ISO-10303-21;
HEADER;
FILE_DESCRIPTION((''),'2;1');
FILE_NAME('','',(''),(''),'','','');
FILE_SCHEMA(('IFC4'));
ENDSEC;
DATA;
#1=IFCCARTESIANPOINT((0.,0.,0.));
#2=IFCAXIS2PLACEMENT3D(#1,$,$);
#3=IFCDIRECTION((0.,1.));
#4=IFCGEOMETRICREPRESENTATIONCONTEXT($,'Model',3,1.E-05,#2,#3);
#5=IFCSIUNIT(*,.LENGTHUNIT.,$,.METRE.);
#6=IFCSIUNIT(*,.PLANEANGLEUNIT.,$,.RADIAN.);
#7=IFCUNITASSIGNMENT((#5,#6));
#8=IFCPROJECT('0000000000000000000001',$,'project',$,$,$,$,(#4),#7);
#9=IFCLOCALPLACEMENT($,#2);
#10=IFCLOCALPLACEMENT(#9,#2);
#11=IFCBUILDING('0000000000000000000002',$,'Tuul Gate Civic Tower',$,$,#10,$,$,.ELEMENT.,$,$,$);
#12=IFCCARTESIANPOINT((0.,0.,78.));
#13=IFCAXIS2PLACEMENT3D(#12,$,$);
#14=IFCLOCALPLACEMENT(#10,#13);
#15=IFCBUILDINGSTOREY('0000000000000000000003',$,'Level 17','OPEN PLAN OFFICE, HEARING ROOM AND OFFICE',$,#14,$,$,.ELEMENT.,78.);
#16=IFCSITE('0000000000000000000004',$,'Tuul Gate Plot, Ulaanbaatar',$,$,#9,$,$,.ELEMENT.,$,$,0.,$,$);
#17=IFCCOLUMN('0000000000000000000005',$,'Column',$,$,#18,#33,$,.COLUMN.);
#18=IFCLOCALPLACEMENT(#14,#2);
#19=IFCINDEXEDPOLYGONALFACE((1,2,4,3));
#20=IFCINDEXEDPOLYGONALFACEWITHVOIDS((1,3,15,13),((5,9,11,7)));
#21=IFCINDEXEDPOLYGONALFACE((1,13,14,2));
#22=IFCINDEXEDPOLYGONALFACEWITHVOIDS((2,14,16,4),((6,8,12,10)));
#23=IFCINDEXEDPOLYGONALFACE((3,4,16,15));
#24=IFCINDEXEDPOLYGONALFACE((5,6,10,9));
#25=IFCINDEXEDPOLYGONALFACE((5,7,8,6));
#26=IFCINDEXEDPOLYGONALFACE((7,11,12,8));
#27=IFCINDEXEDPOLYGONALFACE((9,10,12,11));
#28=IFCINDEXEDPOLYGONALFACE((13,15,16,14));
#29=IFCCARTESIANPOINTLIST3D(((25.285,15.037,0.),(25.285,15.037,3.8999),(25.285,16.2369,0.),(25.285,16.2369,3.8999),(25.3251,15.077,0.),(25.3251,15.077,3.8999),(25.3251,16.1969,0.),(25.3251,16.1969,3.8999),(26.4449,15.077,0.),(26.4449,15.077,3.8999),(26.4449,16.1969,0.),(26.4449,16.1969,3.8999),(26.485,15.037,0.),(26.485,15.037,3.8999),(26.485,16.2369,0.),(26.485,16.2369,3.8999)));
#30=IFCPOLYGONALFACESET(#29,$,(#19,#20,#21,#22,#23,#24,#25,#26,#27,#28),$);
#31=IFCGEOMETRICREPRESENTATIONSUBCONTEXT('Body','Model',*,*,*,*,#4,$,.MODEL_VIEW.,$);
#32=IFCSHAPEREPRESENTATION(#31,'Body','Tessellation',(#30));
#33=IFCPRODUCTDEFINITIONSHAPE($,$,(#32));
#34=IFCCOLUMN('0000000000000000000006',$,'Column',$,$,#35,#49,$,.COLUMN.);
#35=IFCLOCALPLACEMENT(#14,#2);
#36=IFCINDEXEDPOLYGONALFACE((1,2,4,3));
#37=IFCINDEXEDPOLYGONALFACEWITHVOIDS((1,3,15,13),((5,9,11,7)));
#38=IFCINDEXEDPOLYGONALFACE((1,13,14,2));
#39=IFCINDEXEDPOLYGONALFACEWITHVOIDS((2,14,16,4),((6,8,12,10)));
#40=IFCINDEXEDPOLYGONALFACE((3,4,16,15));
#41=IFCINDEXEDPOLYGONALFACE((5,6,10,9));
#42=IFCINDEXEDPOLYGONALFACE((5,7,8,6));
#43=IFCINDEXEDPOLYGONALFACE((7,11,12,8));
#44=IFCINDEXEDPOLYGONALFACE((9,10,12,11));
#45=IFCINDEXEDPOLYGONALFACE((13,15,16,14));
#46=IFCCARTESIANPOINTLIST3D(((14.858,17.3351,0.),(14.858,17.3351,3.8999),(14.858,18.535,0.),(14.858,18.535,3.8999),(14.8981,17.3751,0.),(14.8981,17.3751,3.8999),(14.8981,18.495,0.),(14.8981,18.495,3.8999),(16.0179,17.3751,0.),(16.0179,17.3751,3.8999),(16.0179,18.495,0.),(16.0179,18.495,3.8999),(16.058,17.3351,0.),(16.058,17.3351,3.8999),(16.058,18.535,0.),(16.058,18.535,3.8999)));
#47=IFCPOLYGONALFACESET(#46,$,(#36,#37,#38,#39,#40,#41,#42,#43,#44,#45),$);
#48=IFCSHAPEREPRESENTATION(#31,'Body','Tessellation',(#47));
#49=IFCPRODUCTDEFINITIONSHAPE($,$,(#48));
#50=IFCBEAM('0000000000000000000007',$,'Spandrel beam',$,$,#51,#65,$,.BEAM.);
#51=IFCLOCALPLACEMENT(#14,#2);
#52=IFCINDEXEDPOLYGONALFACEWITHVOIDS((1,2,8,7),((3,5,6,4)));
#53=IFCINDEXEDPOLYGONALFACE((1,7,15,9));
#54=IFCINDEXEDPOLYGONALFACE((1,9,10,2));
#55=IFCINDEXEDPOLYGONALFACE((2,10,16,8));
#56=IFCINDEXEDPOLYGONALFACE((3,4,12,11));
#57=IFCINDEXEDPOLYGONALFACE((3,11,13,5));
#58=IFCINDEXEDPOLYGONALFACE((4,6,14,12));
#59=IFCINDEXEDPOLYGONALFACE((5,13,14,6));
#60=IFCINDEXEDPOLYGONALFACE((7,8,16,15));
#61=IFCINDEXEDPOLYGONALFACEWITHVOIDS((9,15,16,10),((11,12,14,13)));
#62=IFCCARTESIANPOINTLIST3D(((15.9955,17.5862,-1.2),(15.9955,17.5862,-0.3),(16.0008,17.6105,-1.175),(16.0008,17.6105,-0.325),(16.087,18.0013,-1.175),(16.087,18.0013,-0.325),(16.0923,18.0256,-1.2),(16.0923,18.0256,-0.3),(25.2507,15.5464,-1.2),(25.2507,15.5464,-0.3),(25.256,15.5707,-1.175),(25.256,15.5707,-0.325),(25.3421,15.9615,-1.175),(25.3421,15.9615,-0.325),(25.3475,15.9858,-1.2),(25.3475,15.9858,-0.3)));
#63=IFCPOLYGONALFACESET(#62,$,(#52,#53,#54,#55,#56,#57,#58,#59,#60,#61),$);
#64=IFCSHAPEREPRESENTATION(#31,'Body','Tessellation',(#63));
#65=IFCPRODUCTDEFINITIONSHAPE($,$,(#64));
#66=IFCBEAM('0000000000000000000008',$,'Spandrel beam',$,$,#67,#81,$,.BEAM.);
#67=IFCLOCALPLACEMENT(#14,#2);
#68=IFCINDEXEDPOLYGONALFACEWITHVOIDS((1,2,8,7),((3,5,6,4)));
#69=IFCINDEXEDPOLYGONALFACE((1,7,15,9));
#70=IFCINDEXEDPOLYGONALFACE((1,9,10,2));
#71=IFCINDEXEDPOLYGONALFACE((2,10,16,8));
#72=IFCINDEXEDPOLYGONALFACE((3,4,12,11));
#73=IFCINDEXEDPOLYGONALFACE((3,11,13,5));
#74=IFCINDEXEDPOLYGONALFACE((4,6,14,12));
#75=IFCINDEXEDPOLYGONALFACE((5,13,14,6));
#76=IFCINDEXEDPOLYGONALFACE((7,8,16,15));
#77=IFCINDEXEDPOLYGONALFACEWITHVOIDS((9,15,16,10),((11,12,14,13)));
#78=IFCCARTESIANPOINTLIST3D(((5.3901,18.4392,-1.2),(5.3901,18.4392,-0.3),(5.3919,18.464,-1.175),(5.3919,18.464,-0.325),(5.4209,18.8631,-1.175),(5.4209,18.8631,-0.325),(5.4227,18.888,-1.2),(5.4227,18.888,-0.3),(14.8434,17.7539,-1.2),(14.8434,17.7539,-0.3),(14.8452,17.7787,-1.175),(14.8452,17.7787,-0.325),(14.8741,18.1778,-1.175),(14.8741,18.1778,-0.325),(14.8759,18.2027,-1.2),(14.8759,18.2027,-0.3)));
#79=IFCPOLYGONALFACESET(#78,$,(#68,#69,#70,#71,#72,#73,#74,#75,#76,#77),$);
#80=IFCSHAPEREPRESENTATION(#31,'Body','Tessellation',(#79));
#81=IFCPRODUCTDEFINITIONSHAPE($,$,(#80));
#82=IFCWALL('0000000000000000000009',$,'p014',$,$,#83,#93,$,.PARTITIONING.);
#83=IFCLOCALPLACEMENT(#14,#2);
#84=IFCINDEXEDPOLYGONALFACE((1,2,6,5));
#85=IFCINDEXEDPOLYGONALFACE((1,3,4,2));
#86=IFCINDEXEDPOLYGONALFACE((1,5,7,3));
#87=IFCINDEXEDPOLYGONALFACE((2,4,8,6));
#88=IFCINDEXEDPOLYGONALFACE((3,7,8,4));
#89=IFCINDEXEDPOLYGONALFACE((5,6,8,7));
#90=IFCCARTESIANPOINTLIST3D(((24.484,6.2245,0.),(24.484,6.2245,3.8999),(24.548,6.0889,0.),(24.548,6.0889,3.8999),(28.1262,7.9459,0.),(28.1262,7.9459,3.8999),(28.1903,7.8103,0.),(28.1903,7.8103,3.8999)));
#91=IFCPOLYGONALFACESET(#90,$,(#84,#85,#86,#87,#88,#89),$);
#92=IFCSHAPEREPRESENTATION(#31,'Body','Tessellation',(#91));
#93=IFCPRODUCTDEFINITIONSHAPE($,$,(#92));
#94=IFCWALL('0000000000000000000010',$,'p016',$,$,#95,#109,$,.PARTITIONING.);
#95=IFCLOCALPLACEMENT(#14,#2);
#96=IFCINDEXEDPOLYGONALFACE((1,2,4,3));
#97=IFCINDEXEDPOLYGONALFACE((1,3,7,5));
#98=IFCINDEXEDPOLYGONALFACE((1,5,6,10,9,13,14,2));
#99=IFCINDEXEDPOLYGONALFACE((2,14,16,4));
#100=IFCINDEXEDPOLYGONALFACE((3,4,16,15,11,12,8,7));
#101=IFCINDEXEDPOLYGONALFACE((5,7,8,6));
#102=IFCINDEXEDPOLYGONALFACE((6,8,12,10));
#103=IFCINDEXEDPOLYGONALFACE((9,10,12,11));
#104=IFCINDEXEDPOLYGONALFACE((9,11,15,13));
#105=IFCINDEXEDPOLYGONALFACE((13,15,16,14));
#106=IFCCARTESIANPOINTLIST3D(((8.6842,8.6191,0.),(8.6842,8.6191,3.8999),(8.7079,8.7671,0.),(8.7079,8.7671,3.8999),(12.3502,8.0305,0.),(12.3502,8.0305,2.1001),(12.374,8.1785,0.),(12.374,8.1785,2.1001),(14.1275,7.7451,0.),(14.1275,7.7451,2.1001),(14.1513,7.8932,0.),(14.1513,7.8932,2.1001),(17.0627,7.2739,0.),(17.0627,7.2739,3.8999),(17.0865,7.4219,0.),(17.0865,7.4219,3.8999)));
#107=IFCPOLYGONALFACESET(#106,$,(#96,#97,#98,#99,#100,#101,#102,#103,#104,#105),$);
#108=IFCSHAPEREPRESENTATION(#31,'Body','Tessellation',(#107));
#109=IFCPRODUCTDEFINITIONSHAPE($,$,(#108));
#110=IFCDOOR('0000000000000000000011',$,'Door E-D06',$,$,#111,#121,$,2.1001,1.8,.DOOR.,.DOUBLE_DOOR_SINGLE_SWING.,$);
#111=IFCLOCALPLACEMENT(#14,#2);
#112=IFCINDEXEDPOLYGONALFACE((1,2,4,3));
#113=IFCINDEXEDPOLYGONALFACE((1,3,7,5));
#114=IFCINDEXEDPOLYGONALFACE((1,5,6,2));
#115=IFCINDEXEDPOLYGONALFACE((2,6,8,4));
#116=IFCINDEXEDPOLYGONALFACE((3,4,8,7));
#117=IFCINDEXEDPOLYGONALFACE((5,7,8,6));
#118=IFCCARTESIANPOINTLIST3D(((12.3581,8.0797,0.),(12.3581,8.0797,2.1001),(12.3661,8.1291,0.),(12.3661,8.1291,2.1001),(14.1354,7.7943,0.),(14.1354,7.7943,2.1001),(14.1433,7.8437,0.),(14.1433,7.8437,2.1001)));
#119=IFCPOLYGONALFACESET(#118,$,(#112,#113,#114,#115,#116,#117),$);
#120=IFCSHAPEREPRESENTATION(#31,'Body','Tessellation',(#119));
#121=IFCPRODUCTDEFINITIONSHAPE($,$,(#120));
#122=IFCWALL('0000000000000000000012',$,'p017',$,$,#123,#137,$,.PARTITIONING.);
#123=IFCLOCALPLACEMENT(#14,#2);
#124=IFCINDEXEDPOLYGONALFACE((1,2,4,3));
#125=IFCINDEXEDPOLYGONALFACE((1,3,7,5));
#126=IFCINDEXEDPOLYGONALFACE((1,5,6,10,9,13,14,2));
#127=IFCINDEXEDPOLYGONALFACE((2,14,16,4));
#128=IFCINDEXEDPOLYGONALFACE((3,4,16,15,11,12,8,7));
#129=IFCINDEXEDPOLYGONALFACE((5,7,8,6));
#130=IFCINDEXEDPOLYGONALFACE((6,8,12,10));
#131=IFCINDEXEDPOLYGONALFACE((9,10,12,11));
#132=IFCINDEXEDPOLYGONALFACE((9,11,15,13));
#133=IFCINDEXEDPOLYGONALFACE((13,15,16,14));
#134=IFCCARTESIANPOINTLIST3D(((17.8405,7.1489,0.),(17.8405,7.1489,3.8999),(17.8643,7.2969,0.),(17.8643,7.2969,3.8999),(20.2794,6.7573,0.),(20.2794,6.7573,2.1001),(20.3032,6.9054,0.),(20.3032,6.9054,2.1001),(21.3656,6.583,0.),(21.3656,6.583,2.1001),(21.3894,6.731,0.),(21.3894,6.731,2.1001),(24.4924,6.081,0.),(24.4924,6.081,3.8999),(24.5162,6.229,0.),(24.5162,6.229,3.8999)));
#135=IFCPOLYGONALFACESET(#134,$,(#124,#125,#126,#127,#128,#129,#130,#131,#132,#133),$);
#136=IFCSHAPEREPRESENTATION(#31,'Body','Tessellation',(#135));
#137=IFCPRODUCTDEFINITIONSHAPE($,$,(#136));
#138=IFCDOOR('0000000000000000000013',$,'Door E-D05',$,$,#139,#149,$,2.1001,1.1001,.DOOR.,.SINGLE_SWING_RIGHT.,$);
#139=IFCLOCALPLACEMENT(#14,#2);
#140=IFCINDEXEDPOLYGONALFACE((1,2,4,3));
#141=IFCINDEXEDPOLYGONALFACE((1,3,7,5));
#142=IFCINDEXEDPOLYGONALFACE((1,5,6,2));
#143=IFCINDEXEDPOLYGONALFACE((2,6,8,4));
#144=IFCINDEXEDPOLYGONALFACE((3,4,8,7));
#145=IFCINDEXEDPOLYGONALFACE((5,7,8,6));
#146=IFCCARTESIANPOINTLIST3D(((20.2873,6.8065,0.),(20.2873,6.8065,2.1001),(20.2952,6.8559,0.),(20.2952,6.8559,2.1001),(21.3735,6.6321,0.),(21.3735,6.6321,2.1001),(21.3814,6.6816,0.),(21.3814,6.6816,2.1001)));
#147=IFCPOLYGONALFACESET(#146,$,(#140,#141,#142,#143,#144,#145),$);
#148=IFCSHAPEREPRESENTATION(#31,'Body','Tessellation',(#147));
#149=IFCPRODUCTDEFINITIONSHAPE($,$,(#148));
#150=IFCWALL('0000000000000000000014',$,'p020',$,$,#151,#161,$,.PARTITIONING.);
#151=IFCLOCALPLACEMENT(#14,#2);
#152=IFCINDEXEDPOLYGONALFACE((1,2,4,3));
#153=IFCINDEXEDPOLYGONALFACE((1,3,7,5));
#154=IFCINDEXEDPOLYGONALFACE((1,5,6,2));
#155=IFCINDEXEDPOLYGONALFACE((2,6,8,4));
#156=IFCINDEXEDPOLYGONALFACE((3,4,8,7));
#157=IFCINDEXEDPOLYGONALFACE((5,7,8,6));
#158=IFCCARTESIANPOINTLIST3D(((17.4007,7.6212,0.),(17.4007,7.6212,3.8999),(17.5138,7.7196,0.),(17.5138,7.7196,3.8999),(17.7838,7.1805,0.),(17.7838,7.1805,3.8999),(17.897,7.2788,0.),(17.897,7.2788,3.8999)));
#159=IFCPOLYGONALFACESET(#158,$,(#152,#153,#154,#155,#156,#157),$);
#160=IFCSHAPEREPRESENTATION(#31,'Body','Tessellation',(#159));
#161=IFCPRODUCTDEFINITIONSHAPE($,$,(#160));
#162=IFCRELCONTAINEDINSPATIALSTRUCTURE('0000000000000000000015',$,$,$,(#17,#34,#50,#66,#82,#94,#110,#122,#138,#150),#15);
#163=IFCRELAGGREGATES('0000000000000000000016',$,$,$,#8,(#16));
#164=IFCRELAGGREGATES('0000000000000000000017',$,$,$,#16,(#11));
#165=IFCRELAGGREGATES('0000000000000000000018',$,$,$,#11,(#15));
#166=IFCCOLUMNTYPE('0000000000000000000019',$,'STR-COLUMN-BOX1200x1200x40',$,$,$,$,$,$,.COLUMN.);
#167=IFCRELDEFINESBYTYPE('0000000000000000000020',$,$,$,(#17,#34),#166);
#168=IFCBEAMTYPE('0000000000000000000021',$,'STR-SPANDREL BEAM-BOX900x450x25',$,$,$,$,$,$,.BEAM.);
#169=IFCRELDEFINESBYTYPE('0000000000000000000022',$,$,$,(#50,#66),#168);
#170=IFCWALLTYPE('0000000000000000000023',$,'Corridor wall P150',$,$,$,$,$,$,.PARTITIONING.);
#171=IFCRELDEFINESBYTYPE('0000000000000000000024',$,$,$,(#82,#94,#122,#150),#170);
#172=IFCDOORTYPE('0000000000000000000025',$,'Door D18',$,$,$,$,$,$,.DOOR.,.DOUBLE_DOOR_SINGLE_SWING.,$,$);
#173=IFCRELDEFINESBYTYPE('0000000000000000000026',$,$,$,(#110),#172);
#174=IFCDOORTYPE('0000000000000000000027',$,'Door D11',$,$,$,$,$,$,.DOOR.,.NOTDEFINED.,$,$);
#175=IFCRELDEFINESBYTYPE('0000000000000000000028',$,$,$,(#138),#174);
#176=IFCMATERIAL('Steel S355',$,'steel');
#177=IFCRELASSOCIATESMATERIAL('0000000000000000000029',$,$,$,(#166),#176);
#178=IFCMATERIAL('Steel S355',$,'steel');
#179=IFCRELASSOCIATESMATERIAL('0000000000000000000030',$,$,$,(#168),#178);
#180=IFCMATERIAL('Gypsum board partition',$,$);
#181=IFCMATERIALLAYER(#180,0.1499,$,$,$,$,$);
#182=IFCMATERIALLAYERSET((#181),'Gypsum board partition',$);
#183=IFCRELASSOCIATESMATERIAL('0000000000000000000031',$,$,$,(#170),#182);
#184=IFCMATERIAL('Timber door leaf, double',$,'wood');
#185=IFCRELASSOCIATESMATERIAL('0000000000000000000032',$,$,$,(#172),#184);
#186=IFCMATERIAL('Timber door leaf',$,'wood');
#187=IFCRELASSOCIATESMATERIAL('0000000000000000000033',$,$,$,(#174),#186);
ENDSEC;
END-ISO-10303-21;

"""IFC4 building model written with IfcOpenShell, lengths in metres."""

from ifc_helpers import new_model, si_unit, direction, frame, frame_2d, origin, origin_2d, place, context, subcontext, project, spatial, rectangle, hollow_rectangle, extrude, material, layer, layer_set, material_profile, profile_set, type_object, element, fill, save


model = new_model("IFC4")

# Units and contexts
model_context = context("Model", 3, precision=1e-05, world=origin(), true_north=direction((0.0, 1.0)))
body_context = subcontext(model_context, "Body", "Model", "MODEL_VIEW")
ifc_project = project(units=[si_unit("LENGTHUNIT", "METRE"), si_unit("PLANEANGLEUNIT", "RADIAN")], contexts=[model_context])

# Site, building, storey
site_placement = place(None, origin())
site = spatial("IfcSite", under=ifc_project, at=site_placement, Name="Tuul Gate Plot, Ulaanbaatar", CompositionType="ELEMENT", RefElevation=0.0)
building_placement = place(site_placement, origin())
building = spatial("IfcBuilding", under=site, at=building_placement, Name="Tuul Gate Civic Tower", CompositionType="ELEMENT")
storey_placement = place(building_placement, frame((0.0, 0.0, 78.0)))
storey = spatial("IfcBuildingStorey", under=building, at=storey_placement, Name="Level 17", Description="OPEN PLAN OFFICE, HEARING ROOM AND OFFICE", CompositionType="ELEMENT", Elevation=78.0)

# Columns
ifc_material_1 = material(Name="Steel S355", Category="steel")
ifc_material_profile_1 = material_profile(ifc_material_1, hollow_rectangle(XDim=1.2, YDim=1.2, WallThickness=0.04, at=origin_2d()), Name="BOX1200x1200x40")
ifc_profile_set_1 = profile_set([ifc_material_profile_1], Name="Steel S355")
column_type = type_object("IfcColumnType", Name="STR-COLUMN-BOX1200x1200x40", PredefinedType="COLUMN", material=ifc_profile_set_1)
for number, where, z_axis, x_axis, name in (
    (1, (25.885, 15.637, 0.0), (0.0, 0.0, 1.0), (1.0, 0.0, 0.0), "Column"),
    (2, (15.458, 17.9351, 0.0), (0.0, 0.0, 1.0), (1.0, 0.0, 0.0), "Column"),
):
    element("IfcColumn", number, at=place(storey_placement, frame(where, z_axis=z_axis, x_axis=x_axis)), inside=storey, type_object=column_type, Name=name, PredefinedType="COLUMN", context=body_context, shape_type="SweptSolid", body=[
        extrude(hollow_rectangle(XDim=1.2, YDim=1.2, WallThickness=0.04, at=origin_2d()), origin(), (0.0, 0.0, 1.0), 3.8999),
    ])

# Beams
ifc_material_2 = material(Name="Steel S355", Category="steel")
ifc_material_profile_2 = material_profile(ifc_material_2, hollow_rectangle(XDim=0.45, YDim=0.8999, WallThickness=0.0249, at=origin_2d()), Name="BOX900x450x25")
ifc_profile_set_2 = profile_set([ifc_material_profile_2], Name="Steel S355")
beam_type = type_object("IfcBeamType", Name="STR-SPANDREL BEAM-BOX900x450x25", PredefinedType="BEAM", material=ifc_profile_set_2)
beam_1_placement = place(storey_placement, frame((25.2991, 15.7661, -0.75), z_axis=(-0.976563, 0.215231, 0.0), x_axis=(-0.215231, -0.976563, 0.0)))
element("IfcBeam", 3, at=beam_1_placement, inside=storey, type_object=beam_type, Name="Spandrel beam", PredefinedType="BEAM", context=body_context, shape_type="SweptSolid", body=[
    extrude(hollow_rectangle(XDim=0.45, YDim=0.8999, WallThickness=0.0249, at=origin_2d()), origin(), (0.0, 0.0, 1.0), 9.4773),
])
beam_2_placement = place(storey_placement, frame((14.8596, 17.9783, -0.75), z_axis=(-0.997383, 0.072305, 0.0), x_axis=(-0.072305, -0.997383, 0.0)))
element("IfcBeam", 4, at=beam_2_placement, inside=storey, type_object=beam_type, Name="Spandrel beam", PredefinedType="BEAM", context=body_context, shape_type="SweptSolid", body=[
    extrude(hollow_rectangle(XDim=0.45, YDim=0.8999, WallThickness=0.0249, at=origin_2d()), origin(), (0.0, 0.0, 1.0), 9.478),
])

# Wall
ifc_material_3 = material(Name="Gypsum board partition")
ifc_layer_1 = layer(ifc_material_3, 0.1499)
ifc_layer_set_1 = layer_set([ifc_layer_1], Name="Gypsum board partition")
wall_type_1 = type_object("IfcWallType", Name="Corridor wall P150", PredefinedType="PARTITIONING", material=ifc_layer_set_1)
wall_1_placement = place(storey_placement, frame((24.5161, 6.1567, 0.0), z_axis=(0.0, 0.0, 1.0), x_axis=(0.90411, 0.427299, 0.0)))
element("IfcWall", 5, at=wall_1_placement, inside=storey, type_object=wall_type_1, Name="p014", PredefinedType="PARTITIONING", context=body_context, shape_type="SweptSolid", body=[
    extrude(rectangle(XDim=4.0286, YDim=0.1499, at=frame_2d((2.0142, 0.0))), origin(), (0.0, 0.0, 1.0), 3.8999),
])

# Walls, openings, doors
wall_2_placement = place(storey_placement, frame((8.696, 8.6931, 0.0), z_axis=(0.0, 0.0, 1.0), x_axis=(0.987355, -0.158527, 0.0)))
wall_2 = element("IfcWall", 6, at=wall_2_placement, inside=storey, type_object=wall_type_1, Name="p016", PredefinedType="PARTITIONING", context=body_context, shape_type="SweptSolid", body=[
    extrude(rectangle(XDim=8.4858, YDim=0.1499, at=frame_2d((4.2429, 0.0))), origin(), (0.0, 0.0, 1.0), 3.8999),
])
opening_1_placement = place(wall_2_placement, frame((3.7131, 0.0, 0.0)))
opening_1 = element("IfcOpeningElement", 7, at=opening_1_placement, cuts=wall_2, PredefinedType="OPENING", context=body_context, shape_type="SweptSolid", body=[
    extrude(rectangle(XDim=1.8, YDim=2.1001, at=frame_2d((0.8999, 1.05))), frame((0.0, 0.085, 0.0), z_axis=(0.0, -1.0, 0.0), x_axis=(1.0, 0.0, 0.0)), (0.0, 0.0, 1.0), 0.1699),
])
ifc_material_4 = material(Name="Timber door leaf, double", Category="wood")
door_type_1 = type_object("IfcDoorType", Name="Door D18", OperationType="DOUBLE_DOOR_SINGLE_SWING", PredefinedType="DOOR", material=ifc_material_4)
door_1_placement = place(opening_1_placement, origin())
door_1 = element("IfcDoor", 8, at=door_1_placement, inside=storey, type_object=door_type_1, Name="Door E-D06", OperationType="DOUBLE_DOOR_SINGLE_SWING", OverallHeight=2.1001, OverallWidth=1.8, PredefinedType="DOOR", context=body_context, shape_type="SweptSolid", body=[
    extrude(rectangle(XDim=1.8, YDim=2.1001, at=frame_2d((0.8999, 1.05))), frame((0.0, 0.0249, 0.0), z_axis=(0.0, -1.0, 0.0), x_axis=(1.0, 0.0, 0.0)), (0.0, 0.0, 1.0), 0.05),
])
fill(opening_1, door_1)
wall_3_placement = place(storey_placement, frame((17.8523, 7.2229, 0.0), z_axis=(0.0, 0.0, 1.0), x_axis=(0.987358, -0.158508, 0.0)))
wall_3 = element("IfcWall", 9, at=wall_3_placement, inside=storey, type_object=wall_type_1, Name="p017", PredefinedType="PARTITIONING", context=body_context, shape_type="SweptSolid", body=[
    extrude(rectangle(XDim=6.7371, YDim=0.1499, at=frame_2d((3.3687, 0.0))), origin(), (0.0, 0.0, 1.0), 3.8999),
])
opening_2_placement = place(wall_3_placement, frame((2.4702, 0.0, 0.0)))
opening_2 = element("IfcOpeningElement", 10, at=opening_2_placement, cuts=wall_3, PredefinedType="OPENING", context=body_context, shape_type="SweptSolid", body=[
    extrude(rectangle(XDim=1.1001, YDim=2.1001, at=frame_2d((0.55, 1.05))), frame((0.0, 0.085, 0.0), z_axis=(0.0, -1.0, 0.0), x_axis=(1.0, 0.0, 0.0)), (0.0, 0.0, 1.0), 0.1699),
])
ifc_material_5 = material(Name="Timber door leaf", Category="wood")
door_type_2 = type_object("IfcDoorType", Name="Door D11", OperationType="NOTDEFINED", PredefinedType="DOOR", material=ifc_material_5)
door_2_placement = place(opening_2_placement, origin())
door_2 = element("IfcDoor", 11, at=door_2_placement, inside=storey, type_object=door_type_2, Name="Door E-D05", OperationType="SINGLE_SWING_RIGHT", OverallHeight=2.1001, OverallWidth=1.1001, PredefinedType="DOOR", context=body_context, shape_type="SweptSolid", body=[
    extrude(rectangle(XDim=1.1001, YDim=2.1001, at=frame_2d((0.55, 1.05))), frame((0.0, 0.0249, 0.0), z_axis=(0.0, -1.0, 0.0), x_axis=(1.0, 0.0, 0.0)), (0.0, 0.0, 1.0), 0.05),
])
fill(opening_2, door_2)

# Wall
wall_4_placement = place(storey_placement, frame((17.4573, 7.6704, 0.0), z_axis=(0.0, 0.0, 1.0), x_axis=(0.656044, -0.754723, 0.0)))
element("IfcWall", 12, at=wall_4_placement, inside=storey, type_object=wall_type_1, Name="p020", PredefinedType="PARTITIONING", context=body_context, shape_type="SweptSolid", body=[
    extrude(rectangle(XDim=0.584, YDim=0.1499, at=frame_2d((0.292, 0.0))), origin(), (0.0, 0.0, 1.0), 3.8999),
])

save(model, "model.ifc")
